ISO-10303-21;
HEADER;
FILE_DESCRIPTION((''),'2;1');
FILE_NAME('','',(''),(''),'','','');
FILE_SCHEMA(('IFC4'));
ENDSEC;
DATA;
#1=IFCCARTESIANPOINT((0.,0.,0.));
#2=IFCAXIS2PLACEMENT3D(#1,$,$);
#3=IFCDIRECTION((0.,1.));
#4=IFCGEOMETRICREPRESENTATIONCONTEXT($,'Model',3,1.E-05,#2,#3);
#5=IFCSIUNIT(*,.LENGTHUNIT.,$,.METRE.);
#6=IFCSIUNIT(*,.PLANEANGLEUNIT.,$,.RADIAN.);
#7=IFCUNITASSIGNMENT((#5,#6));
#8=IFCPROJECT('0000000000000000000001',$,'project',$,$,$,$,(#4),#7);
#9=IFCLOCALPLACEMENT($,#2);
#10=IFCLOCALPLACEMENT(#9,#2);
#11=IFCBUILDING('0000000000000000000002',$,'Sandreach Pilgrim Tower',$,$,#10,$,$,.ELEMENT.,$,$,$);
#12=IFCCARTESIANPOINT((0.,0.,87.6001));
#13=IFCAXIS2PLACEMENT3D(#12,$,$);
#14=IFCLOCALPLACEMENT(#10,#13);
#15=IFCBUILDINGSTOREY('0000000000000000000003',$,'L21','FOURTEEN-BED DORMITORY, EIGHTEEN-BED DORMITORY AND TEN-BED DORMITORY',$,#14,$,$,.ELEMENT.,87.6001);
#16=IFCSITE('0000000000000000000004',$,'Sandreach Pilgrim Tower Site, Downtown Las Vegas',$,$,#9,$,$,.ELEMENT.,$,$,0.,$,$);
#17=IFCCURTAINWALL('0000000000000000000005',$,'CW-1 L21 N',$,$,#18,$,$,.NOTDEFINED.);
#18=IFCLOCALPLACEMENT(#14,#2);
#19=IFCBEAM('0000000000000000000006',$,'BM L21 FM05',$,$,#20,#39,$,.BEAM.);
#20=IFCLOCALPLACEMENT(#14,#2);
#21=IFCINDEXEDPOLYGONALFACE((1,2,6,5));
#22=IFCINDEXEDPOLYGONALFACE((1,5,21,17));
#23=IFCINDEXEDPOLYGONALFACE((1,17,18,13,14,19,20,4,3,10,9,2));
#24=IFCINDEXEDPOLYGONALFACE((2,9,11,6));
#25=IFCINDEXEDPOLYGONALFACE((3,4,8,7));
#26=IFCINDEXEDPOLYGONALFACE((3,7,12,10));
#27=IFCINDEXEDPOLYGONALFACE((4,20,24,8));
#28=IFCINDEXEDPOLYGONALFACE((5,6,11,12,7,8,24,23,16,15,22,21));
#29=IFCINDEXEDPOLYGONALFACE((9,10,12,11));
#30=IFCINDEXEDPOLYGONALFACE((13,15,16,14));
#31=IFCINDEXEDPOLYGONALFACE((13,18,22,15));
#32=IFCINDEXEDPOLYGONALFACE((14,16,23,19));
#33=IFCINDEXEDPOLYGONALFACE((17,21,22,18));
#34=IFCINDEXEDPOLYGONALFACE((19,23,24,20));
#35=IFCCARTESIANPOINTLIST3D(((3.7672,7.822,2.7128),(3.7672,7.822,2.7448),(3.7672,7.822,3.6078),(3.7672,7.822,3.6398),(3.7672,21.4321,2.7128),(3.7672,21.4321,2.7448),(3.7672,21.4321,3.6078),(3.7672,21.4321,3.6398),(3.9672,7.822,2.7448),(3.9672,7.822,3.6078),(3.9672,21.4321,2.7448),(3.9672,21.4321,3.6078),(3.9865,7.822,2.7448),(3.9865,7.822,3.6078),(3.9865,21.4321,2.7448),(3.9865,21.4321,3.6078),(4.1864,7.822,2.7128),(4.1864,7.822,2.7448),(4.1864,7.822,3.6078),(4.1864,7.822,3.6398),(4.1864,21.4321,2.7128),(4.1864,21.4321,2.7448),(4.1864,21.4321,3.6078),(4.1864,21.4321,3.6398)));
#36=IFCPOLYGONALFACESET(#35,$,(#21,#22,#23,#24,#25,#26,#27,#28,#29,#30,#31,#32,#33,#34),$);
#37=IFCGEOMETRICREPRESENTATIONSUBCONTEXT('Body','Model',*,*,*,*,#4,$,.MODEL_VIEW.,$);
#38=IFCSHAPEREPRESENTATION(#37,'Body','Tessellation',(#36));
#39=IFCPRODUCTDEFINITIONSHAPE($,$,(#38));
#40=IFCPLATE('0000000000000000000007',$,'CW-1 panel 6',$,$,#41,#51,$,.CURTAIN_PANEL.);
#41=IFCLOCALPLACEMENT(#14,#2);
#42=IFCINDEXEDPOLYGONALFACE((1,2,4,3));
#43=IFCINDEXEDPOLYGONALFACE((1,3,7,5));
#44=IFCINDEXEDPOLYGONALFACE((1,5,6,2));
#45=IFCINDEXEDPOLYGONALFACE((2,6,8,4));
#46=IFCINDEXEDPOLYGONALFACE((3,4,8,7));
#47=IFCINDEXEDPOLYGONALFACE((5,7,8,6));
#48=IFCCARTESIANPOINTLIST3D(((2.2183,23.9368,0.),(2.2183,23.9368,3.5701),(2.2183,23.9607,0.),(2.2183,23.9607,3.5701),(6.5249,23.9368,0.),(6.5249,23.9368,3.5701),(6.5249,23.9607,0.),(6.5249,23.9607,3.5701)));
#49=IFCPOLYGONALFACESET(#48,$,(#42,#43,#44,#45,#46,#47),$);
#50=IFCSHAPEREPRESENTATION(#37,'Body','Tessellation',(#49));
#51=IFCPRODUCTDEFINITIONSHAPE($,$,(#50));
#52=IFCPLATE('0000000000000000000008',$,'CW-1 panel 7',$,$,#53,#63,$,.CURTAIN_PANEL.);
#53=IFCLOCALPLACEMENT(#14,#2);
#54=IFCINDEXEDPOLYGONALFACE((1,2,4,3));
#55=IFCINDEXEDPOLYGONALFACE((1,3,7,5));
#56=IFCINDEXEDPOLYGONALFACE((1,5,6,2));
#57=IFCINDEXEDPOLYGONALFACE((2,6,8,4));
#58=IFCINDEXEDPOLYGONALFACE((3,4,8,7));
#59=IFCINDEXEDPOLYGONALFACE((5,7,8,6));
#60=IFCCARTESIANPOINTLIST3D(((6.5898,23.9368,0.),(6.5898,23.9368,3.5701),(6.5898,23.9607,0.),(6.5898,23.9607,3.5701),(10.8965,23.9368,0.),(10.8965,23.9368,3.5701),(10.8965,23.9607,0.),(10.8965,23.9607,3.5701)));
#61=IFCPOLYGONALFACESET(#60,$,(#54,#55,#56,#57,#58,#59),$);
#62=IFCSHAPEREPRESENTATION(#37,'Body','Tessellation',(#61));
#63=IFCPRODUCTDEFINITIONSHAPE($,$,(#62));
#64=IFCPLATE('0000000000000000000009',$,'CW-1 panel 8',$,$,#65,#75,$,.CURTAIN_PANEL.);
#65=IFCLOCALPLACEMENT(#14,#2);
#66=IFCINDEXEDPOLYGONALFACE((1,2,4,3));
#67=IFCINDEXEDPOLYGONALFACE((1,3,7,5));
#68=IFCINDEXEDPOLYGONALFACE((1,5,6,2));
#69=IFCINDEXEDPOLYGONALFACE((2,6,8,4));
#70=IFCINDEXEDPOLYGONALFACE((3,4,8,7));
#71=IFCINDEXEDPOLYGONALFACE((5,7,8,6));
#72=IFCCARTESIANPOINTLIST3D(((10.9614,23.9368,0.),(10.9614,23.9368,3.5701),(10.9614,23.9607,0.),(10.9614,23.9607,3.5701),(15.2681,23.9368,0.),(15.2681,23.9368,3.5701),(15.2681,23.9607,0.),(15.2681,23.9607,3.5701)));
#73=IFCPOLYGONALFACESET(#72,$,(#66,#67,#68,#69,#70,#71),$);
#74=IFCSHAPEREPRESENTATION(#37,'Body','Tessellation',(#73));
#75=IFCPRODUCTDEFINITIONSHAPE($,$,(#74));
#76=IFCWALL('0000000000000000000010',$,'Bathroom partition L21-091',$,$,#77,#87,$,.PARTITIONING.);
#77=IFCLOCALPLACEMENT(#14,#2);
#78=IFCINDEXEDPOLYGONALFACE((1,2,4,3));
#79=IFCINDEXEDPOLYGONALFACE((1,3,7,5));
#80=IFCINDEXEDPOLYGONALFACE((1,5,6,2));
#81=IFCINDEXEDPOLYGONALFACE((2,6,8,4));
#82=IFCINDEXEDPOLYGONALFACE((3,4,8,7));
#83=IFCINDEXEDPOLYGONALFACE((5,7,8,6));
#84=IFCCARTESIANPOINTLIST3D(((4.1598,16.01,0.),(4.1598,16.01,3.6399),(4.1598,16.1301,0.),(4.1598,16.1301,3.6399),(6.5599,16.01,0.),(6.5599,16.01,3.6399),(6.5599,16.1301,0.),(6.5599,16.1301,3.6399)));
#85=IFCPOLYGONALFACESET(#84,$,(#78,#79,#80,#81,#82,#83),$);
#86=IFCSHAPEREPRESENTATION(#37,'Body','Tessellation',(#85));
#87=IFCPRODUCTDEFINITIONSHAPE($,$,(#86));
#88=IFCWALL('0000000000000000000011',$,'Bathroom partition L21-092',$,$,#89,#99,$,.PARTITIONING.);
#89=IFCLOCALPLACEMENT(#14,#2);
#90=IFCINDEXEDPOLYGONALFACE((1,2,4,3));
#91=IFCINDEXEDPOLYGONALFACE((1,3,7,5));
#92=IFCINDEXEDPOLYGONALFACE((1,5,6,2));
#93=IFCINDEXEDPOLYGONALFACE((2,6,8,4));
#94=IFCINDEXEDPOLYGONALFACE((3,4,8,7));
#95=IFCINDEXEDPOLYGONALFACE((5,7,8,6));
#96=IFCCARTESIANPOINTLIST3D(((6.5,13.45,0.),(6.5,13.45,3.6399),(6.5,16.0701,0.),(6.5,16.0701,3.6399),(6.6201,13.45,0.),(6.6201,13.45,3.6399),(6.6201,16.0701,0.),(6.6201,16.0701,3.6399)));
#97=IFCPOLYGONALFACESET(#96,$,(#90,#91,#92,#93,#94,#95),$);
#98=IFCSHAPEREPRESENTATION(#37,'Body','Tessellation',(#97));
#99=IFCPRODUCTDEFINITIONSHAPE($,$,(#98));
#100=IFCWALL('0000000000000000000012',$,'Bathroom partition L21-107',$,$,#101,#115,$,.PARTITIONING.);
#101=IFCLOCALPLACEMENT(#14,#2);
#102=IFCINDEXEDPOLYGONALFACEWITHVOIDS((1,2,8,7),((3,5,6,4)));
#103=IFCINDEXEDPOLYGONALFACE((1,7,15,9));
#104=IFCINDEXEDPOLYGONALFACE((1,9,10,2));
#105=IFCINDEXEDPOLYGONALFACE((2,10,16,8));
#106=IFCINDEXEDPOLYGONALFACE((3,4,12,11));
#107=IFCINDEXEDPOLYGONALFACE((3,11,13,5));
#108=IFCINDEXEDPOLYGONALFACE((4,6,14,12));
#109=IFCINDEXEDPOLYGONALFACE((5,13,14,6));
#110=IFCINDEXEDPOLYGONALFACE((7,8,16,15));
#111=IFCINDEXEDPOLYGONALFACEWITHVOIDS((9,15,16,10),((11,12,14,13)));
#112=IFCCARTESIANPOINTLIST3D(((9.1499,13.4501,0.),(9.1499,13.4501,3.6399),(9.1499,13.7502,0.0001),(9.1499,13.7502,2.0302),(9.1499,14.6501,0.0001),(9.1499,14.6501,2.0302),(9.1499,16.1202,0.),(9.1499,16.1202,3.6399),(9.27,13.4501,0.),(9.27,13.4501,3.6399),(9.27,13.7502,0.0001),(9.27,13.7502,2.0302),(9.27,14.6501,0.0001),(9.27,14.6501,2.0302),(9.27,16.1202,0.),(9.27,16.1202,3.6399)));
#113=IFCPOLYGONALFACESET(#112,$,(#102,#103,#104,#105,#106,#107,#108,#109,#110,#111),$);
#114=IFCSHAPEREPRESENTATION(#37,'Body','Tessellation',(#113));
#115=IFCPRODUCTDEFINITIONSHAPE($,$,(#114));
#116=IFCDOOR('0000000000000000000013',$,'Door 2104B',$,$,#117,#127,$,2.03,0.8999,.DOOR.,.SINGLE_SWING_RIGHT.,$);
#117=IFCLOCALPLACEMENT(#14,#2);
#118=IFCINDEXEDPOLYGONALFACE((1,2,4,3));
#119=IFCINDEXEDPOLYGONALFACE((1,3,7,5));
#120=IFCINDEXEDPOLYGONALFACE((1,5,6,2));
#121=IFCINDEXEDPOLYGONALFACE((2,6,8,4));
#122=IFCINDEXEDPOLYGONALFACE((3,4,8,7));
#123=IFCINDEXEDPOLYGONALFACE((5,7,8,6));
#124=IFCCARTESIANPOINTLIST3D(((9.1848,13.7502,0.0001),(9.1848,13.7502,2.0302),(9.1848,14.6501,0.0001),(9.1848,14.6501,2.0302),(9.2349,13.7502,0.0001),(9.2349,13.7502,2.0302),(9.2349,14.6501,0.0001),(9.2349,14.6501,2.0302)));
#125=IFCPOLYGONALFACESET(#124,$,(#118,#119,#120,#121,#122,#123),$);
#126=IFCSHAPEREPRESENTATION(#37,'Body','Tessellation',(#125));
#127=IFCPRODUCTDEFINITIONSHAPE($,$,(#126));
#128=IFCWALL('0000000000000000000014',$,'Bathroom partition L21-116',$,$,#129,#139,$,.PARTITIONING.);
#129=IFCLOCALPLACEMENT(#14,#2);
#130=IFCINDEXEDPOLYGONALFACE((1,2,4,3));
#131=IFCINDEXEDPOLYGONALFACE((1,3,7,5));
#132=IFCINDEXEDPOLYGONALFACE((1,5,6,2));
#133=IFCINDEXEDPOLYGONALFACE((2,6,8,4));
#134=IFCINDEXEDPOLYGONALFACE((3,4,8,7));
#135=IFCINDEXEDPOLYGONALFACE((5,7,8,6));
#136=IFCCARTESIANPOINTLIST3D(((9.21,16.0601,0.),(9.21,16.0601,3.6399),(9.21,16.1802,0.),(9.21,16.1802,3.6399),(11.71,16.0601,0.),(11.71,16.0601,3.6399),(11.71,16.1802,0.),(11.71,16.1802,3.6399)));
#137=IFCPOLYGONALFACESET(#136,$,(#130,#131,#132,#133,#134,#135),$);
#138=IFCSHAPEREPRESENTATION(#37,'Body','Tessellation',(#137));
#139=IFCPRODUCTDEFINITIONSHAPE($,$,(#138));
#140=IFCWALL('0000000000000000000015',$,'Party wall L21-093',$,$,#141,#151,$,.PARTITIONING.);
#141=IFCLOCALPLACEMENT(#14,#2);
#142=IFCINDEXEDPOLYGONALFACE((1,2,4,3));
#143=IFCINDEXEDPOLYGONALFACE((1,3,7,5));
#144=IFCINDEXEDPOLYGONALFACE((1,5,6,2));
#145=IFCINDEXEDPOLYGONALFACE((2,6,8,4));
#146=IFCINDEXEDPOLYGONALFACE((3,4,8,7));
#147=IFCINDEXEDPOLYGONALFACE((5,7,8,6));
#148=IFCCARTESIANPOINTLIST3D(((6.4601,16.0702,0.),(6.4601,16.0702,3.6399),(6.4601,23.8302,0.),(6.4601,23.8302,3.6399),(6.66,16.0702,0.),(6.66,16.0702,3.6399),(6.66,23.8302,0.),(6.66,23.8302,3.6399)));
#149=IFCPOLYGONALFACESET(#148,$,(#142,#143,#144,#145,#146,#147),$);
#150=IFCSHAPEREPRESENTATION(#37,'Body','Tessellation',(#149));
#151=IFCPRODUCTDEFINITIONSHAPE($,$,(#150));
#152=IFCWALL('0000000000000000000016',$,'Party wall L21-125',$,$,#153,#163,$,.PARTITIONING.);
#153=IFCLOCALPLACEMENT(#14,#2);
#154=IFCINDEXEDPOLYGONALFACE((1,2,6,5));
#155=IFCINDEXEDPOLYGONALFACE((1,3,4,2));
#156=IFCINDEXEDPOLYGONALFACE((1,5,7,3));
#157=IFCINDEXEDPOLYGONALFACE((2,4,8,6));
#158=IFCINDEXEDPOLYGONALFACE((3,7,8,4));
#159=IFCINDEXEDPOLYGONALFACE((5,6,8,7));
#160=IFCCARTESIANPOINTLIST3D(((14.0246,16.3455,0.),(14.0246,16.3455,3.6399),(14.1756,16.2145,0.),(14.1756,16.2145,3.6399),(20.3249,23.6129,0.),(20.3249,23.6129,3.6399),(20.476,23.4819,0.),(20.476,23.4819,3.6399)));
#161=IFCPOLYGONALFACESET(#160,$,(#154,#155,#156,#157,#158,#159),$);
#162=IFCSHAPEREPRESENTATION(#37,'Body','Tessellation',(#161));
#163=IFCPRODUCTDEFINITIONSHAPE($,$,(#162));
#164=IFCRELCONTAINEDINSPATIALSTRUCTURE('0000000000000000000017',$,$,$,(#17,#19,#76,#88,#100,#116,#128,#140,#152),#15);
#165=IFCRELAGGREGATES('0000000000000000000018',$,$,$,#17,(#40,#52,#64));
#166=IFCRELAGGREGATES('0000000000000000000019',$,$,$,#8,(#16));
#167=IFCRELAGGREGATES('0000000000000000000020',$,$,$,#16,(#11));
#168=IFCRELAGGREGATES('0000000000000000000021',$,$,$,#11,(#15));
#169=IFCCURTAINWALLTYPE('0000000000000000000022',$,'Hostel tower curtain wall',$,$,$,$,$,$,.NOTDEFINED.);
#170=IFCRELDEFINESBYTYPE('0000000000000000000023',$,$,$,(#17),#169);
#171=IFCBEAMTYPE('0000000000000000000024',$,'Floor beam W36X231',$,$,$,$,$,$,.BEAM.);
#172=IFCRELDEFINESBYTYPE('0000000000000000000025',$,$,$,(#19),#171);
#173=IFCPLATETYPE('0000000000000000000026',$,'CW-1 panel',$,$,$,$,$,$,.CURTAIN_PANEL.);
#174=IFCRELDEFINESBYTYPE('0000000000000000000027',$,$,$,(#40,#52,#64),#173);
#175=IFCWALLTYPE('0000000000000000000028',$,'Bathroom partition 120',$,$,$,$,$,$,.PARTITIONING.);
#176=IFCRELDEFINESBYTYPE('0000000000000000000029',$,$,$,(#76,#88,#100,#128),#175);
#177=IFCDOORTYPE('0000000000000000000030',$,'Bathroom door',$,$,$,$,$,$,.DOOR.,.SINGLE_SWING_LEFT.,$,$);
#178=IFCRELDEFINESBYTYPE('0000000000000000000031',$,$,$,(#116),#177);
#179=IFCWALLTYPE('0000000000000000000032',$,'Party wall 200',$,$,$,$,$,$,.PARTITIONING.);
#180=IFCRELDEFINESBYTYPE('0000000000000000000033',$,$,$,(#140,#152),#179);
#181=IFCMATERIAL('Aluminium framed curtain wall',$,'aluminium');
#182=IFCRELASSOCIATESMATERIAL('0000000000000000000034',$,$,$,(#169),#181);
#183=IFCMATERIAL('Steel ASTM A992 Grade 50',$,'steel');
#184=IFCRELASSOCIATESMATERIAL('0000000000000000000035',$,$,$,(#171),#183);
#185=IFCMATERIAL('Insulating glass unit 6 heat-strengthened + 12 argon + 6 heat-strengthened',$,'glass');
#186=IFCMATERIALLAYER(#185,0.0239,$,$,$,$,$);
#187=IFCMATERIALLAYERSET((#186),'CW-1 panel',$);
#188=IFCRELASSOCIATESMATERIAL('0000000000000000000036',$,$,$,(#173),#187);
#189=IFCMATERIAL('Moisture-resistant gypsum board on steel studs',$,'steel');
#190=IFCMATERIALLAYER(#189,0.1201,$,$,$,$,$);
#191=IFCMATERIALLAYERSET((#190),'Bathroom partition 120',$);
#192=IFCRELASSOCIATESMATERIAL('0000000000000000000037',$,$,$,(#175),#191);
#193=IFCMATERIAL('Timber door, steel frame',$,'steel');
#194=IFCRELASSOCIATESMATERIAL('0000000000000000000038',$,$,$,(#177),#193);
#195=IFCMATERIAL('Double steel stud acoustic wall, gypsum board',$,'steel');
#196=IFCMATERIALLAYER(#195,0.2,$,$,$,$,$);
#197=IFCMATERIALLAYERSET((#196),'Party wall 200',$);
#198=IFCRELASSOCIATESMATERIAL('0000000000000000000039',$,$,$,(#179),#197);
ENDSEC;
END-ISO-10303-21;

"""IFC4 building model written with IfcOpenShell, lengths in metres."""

from ifc_helpers import new_model, si_unit, direction, frame, frame_2d, origin, origin_2d, place, context, subcontext, project, spatial, rectangle, i_section, extrude, material, layer, layer_set, material_profile, profile_set, type_object, element, fill, aggregate, save


model = new_model("IFC4")

# Units and contexts
model_context = context("Model", 3, precision=1e-05, world=origin(), true_north=direction((0.0, 1.0)))
body_context = subcontext(model_context, "Body", "Model", "MODEL_VIEW")
ifc_project = project(units=[si_unit("LENGTHUNIT", "METRE"), si_unit("PLANEANGLEUNIT", "RADIAN")], contexts=[model_context])

# Site, building, storey
site_placement = place(None, origin())
site = spatial("IfcSite", under=ifc_project, at=site_placement, Name="Sandreach Pilgrim Tower Site, Downtown Las Vegas", CompositionType="ELEMENT", RefElevation=0.0)
building_placement = place(site_placement, origin())
building = spatial("IfcBuilding", under=site, at=building_placement, Name="Sandreach Pilgrim Tower", CompositionType="ELEMENT")
storey_placement = place(building_placement, frame((0.0, 0.0, 87.6001)))
storey = spatial("IfcBuildingStorey", under=building, at=storey_placement, Name="L21", Description="FOURTEEN-BED DORMITORY, EIGHTEEN-BED DORMITORY AND TEN-BED DORMITORY", CompositionType="ELEMENT", Elevation=87.6001)

# Curtain wall
ifc_material_1 = material(Name="Aluminium framed curtain wall", Category="aluminium")
curtain_wall_type = type_object("IfcCurtainWallType", Name="Hostel tower curtain wall", PredefinedType="NOTDEFINED", material=ifc_material_1)
curtain_wall_placement = place(storey_placement, origin())
curtain_wall = element("IfcCurtainWall", 1, at=curtain_wall_placement, inside=storey, type_object=curtain_wall_type, Name="CW-1 L21 N", PredefinedType="NOTDEFINED")

# Beam
ifc_material_2 = material(Name="Steel ASTM A992 Grade 50", Category="steel")
ifc_material_profile_1 = material_profile(ifc_material_2, i_section(OverallWidth=0.4192, OverallDepth=0.927, WebThickness=0.0193, FlangeThickness=0.032, at=origin_2d()), Name="W36X231")
ifc_profile_set_1 = profile_set([ifc_material_profile_1], Name="Steel ASTM A992 Grade 50")
beam_type_1 = type_object("IfcBeamType", Name="Floor beam W36X231", PredefinedType="BEAM", material=ifc_profile_set_1)
beam_1_placement = place(storey_placement, frame((3.9768, 21.4321, 3.1763), z_axis=(0.0, -1.0, 0.0), x_axis=(1.0, 0.0, 0.0)))
element("IfcBeam", 2, at=beam_1_placement, inside=storey, type_object=beam_type_1, Name="BM L21 FM05", PredefinedType="BEAM", context=body_context, shape_type="SweptSolid", body=[
    extrude(i_section(OverallWidth=0.4192, OverallDepth=0.927, WebThickness=0.0193, FlangeThickness=0.032, at=origin_2d()), origin(), (0.0, 0.0, 1.0), 13.6101),
])

# Plates
ifc_material_3 = material(Name="Insulating glass unit 6 heat-strengthened + 12 argon + 6 heat-strengthened", Category="glass")
ifc_layer_1 = layer(ifc_material_3, 0.0239)
ifc_layer_set_1 = layer_set([ifc_layer_1], Name="CW-1 panel")
plate_type = type_object("IfcPlateType", Name="CW-1 panel", PredefinedType="CURTAIN_PANEL", material=ifc_layer_set_1)
plate_1_placement = place(storey_placement, frame((4.3716, 23.9487, 0.0), z_axis=(0.0, 0.0, 1.0), x_axis=(1.0, 0.0, 0.0)))
plate_1 = element("IfcPlate", 3, at=plate_1_placement, type_object=plate_type, Name="CW-1 panel 6", PredefinedType="CURTAIN_PANEL", context=body_context, shape_type="SweptSolid", body=[
    extrude(rectangle(XDim=4.3066, YDim=0.0239, at=origin_2d()), origin(), (0.0, 0.0, 1.0), 3.5701),
])
plate_2_placement = place(storey_placement, frame((8.7432, 23.9487, 0.0), z_axis=(0.0, 0.0, 1.0), x_axis=(1.0, 0.0, 0.0)))
plate_2 = element("IfcPlate", 4, at=plate_2_placement, type_object=plate_type, Name="CW-1 panel 7", PredefinedType="CURTAIN_PANEL", context=body_context, shape_type="SweptSolid", body=[
    extrude(rectangle(XDim=4.3066, YDim=0.0239, at=origin_2d()), origin(), (0.0, 0.0, 1.0), 3.5701),
])
plate_3_placement = place(storey_placement, frame((13.1147, 23.9487, 0.0), z_axis=(0.0, 0.0, 1.0), x_axis=(1.0, 0.0, 0.0)))
plate_3 = element("IfcPlate", 5, at=plate_3_placement, type_object=plate_type, Name="CW-1 panel 8", PredefinedType="CURTAIN_PANEL", context=body_context, shape_type="SweptSolid", body=[
    extrude(rectangle(XDim=4.3066, YDim=0.0239, at=origin_2d()), origin(), (0.0, 0.0, 1.0), 3.5701),
])
aggregate(curtain_wall, [plate_1, plate_2, plate_3])

# Walls
ifc_material_4 = material(Name="Moisture-resistant gypsum board on steel studs", Category="steel")
ifc_layer_2 = layer(ifc_material_4, 0.1201)
ifc_layer_set_2 = layer_set([ifc_layer_2], Name="Bathroom partition 120")
wall_type_1 = type_object("IfcWallType", Name="Bathroom partition 120", PredefinedType="PARTITIONING", material=ifc_layer_set_2)
wall_1_placement = place(storey_placement, frame((6.5601, 16.0701, 0.0), z_axis=(0.0, 0.0, 1.0), x_axis=(-1.0, 0.0, 0.0)))
element("IfcWall", 6, at=wall_1_placement, inside=storey, type_object=wall_type_1, Name="Bathroom partition L21-091", PredefinedType="PARTITIONING", context=body_context, shape_type="SweptSolid", body=[
    extrude(rectangle(XDim=2.4001, YDim=0.1201, at=frame_2d((1.2002, 0.0))), origin(), (0.0, 0.0, 1.0), 3.6399),
])
wall_2_placement = place(storey_placement, frame((6.5601, 16.0701, 0.0), z_axis=(0.0, 0.0, 1.0), x_axis=(0.0, -1.0, 0.0)))
element("IfcWall", 7, at=wall_2_placement, inside=storey, type_object=wall_type_1, Name="Bathroom partition L21-092", PredefinedType="PARTITIONING", context=body_context, shape_type="SweptSolid", body=[
    extrude(rectangle(XDim=2.6201, YDim=0.1201, at=frame_2d((1.3101, 0.0))), origin(), (0.0, 0.0, 1.0), 3.6399),
])

# Wall, opening, door
wall_3_placement = place(storey_placement, frame((9.21, 16.1201, 0.0), z_axis=(0.0, 0.0, 1.0), x_axis=(0.0, -1.0, 0.0)))
wall_3 = element("IfcWall", 8, at=wall_3_placement, inside=storey, type_object=wall_type_1, Name="Bathroom partition L21-107", PredefinedType="PARTITIONING", context=body_context, shape_type="SweptSolid", body=[
    extrude(rectangle(XDim=2.6702, YDim=0.1201, at=frame_2d((1.335, 0.0))), origin(), (0.0, 0.0, 1.0), 3.6399),
])
opening_placement = place(wall_3_placement, frame((1.47, 0.0, 0.0)))
opening = element("IfcOpeningElement", 9, at=opening_placement, cuts=wall_3, PredefinedType="OPENING", context=body_context, shape_type="SweptSolid", body=[
    extrude(rectangle(XDim=0.8999, YDim=2.03, at=frame_2d((0.45, 1.0151))), frame((0.0, 0.0601, 0.0), z_axis=(0.0, -1.0, 0.0), x_axis=(1.0, 0.0, 0.0)), (0.0, 0.0, 1.0), 0.1201),
])
ifc_material_5 = material(Name="Timber door, steel frame", Category="steel")
door_type = type_object("IfcDoorType", Name="Bathroom door", OperationType="SINGLE_SWING_LEFT", PredefinedType="DOOR", material=ifc_material_5)
door_placement = place(opening_placement, origin())
door = element("IfcDoor", 10, at=door_placement, inside=storey, type_object=door_type, Name="Door 2104B", OperationType="SINGLE_SWING_RIGHT", OverallHeight=2.03, OverallWidth=0.8999, PredefinedType="DOOR", context=body_context, shape_type="SweptSolid", body=[
    extrude(rectangle(XDim=0.8999, YDim=2.03, at=frame_2d((0.45, 1.0151))), frame((0.0, 0.0249, 0.0), z_axis=(0.0, -1.0, 0.0), x_axis=(1.0, 0.0, 0.0)), (0.0, 0.0, 1.0), 0.05),
])
fill(opening, door)

# Walls
wall_4_placement = place(storey_placement, frame((11.71, 16.1201, 0.0), z_axis=(0.0, 0.0, 1.0), x_axis=(-1.0, 0.0, 0.0)))
element("IfcWall", 11, at=wall_4_placement, inside=storey, type_object=wall_type_1, Name="Bathroom partition L21-116", PredefinedType="PARTITIONING", context=body_context, shape_type="SweptSolid", body=[
    extrude(rectangle(XDim=2.5, YDim=0.1201, at=frame_2d((1.25, 0.0))), origin(), (0.0, 0.0, 1.0), 3.6399),
])
ifc_material_6 = material(Name="Double steel stud acoustic wall, gypsum board", Category="steel")
ifc_layer_3 = layer(ifc_material_6, 0.2)
ifc_layer_set_3 = layer_set([ifc_layer_3], Name="Party wall 200")
wall_type_2 = type_object("IfcWallType", Name="Party wall 200", PredefinedType="PARTITIONING", material=ifc_layer_set_3)
wall_5_placement = place(storey_placement, frame((6.5601, 23.8301, 0.0), z_axis=(0.0, 0.0, 1.0), x_axis=(0.0, -1.0, 0.0)))
element("IfcWall", 12, at=wall_5_placement, inside=storey, type_object=wall_type_2, Name="Party wall L21-093", PredefinedType="PARTITIONING", context=body_context, shape_type="SweptSolid", body=[
    extrude(rectangle(XDim=7.76, YDim=0.2, at=frame_2d((3.8799, 0.0))), origin(), (0.0, 0.0, 1.0), 3.6399),
])
wall_6_placement = place(storey_placement, frame((14.1001, 16.28, 0.0), z_axis=(0.0, 0.0, 1.0), x_axis=(0.655046, 0.755589, 0.0)))
element("IfcWall", 13, at=wall_6_placement, inside=storey, type_object=wall_type_2, Name="Party wall L21-125", PredefinedType="PARTITIONING", context=body_context, shape_type="SweptSolid", body=[
    extrude(rectangle(XDim=9.6182, YDim=0.2, at=frame_2d((4.8091, 0.0))), origin(), (0.0, 0.0, 1.0), 3.6399),
])

save(model, "model.ifc")
